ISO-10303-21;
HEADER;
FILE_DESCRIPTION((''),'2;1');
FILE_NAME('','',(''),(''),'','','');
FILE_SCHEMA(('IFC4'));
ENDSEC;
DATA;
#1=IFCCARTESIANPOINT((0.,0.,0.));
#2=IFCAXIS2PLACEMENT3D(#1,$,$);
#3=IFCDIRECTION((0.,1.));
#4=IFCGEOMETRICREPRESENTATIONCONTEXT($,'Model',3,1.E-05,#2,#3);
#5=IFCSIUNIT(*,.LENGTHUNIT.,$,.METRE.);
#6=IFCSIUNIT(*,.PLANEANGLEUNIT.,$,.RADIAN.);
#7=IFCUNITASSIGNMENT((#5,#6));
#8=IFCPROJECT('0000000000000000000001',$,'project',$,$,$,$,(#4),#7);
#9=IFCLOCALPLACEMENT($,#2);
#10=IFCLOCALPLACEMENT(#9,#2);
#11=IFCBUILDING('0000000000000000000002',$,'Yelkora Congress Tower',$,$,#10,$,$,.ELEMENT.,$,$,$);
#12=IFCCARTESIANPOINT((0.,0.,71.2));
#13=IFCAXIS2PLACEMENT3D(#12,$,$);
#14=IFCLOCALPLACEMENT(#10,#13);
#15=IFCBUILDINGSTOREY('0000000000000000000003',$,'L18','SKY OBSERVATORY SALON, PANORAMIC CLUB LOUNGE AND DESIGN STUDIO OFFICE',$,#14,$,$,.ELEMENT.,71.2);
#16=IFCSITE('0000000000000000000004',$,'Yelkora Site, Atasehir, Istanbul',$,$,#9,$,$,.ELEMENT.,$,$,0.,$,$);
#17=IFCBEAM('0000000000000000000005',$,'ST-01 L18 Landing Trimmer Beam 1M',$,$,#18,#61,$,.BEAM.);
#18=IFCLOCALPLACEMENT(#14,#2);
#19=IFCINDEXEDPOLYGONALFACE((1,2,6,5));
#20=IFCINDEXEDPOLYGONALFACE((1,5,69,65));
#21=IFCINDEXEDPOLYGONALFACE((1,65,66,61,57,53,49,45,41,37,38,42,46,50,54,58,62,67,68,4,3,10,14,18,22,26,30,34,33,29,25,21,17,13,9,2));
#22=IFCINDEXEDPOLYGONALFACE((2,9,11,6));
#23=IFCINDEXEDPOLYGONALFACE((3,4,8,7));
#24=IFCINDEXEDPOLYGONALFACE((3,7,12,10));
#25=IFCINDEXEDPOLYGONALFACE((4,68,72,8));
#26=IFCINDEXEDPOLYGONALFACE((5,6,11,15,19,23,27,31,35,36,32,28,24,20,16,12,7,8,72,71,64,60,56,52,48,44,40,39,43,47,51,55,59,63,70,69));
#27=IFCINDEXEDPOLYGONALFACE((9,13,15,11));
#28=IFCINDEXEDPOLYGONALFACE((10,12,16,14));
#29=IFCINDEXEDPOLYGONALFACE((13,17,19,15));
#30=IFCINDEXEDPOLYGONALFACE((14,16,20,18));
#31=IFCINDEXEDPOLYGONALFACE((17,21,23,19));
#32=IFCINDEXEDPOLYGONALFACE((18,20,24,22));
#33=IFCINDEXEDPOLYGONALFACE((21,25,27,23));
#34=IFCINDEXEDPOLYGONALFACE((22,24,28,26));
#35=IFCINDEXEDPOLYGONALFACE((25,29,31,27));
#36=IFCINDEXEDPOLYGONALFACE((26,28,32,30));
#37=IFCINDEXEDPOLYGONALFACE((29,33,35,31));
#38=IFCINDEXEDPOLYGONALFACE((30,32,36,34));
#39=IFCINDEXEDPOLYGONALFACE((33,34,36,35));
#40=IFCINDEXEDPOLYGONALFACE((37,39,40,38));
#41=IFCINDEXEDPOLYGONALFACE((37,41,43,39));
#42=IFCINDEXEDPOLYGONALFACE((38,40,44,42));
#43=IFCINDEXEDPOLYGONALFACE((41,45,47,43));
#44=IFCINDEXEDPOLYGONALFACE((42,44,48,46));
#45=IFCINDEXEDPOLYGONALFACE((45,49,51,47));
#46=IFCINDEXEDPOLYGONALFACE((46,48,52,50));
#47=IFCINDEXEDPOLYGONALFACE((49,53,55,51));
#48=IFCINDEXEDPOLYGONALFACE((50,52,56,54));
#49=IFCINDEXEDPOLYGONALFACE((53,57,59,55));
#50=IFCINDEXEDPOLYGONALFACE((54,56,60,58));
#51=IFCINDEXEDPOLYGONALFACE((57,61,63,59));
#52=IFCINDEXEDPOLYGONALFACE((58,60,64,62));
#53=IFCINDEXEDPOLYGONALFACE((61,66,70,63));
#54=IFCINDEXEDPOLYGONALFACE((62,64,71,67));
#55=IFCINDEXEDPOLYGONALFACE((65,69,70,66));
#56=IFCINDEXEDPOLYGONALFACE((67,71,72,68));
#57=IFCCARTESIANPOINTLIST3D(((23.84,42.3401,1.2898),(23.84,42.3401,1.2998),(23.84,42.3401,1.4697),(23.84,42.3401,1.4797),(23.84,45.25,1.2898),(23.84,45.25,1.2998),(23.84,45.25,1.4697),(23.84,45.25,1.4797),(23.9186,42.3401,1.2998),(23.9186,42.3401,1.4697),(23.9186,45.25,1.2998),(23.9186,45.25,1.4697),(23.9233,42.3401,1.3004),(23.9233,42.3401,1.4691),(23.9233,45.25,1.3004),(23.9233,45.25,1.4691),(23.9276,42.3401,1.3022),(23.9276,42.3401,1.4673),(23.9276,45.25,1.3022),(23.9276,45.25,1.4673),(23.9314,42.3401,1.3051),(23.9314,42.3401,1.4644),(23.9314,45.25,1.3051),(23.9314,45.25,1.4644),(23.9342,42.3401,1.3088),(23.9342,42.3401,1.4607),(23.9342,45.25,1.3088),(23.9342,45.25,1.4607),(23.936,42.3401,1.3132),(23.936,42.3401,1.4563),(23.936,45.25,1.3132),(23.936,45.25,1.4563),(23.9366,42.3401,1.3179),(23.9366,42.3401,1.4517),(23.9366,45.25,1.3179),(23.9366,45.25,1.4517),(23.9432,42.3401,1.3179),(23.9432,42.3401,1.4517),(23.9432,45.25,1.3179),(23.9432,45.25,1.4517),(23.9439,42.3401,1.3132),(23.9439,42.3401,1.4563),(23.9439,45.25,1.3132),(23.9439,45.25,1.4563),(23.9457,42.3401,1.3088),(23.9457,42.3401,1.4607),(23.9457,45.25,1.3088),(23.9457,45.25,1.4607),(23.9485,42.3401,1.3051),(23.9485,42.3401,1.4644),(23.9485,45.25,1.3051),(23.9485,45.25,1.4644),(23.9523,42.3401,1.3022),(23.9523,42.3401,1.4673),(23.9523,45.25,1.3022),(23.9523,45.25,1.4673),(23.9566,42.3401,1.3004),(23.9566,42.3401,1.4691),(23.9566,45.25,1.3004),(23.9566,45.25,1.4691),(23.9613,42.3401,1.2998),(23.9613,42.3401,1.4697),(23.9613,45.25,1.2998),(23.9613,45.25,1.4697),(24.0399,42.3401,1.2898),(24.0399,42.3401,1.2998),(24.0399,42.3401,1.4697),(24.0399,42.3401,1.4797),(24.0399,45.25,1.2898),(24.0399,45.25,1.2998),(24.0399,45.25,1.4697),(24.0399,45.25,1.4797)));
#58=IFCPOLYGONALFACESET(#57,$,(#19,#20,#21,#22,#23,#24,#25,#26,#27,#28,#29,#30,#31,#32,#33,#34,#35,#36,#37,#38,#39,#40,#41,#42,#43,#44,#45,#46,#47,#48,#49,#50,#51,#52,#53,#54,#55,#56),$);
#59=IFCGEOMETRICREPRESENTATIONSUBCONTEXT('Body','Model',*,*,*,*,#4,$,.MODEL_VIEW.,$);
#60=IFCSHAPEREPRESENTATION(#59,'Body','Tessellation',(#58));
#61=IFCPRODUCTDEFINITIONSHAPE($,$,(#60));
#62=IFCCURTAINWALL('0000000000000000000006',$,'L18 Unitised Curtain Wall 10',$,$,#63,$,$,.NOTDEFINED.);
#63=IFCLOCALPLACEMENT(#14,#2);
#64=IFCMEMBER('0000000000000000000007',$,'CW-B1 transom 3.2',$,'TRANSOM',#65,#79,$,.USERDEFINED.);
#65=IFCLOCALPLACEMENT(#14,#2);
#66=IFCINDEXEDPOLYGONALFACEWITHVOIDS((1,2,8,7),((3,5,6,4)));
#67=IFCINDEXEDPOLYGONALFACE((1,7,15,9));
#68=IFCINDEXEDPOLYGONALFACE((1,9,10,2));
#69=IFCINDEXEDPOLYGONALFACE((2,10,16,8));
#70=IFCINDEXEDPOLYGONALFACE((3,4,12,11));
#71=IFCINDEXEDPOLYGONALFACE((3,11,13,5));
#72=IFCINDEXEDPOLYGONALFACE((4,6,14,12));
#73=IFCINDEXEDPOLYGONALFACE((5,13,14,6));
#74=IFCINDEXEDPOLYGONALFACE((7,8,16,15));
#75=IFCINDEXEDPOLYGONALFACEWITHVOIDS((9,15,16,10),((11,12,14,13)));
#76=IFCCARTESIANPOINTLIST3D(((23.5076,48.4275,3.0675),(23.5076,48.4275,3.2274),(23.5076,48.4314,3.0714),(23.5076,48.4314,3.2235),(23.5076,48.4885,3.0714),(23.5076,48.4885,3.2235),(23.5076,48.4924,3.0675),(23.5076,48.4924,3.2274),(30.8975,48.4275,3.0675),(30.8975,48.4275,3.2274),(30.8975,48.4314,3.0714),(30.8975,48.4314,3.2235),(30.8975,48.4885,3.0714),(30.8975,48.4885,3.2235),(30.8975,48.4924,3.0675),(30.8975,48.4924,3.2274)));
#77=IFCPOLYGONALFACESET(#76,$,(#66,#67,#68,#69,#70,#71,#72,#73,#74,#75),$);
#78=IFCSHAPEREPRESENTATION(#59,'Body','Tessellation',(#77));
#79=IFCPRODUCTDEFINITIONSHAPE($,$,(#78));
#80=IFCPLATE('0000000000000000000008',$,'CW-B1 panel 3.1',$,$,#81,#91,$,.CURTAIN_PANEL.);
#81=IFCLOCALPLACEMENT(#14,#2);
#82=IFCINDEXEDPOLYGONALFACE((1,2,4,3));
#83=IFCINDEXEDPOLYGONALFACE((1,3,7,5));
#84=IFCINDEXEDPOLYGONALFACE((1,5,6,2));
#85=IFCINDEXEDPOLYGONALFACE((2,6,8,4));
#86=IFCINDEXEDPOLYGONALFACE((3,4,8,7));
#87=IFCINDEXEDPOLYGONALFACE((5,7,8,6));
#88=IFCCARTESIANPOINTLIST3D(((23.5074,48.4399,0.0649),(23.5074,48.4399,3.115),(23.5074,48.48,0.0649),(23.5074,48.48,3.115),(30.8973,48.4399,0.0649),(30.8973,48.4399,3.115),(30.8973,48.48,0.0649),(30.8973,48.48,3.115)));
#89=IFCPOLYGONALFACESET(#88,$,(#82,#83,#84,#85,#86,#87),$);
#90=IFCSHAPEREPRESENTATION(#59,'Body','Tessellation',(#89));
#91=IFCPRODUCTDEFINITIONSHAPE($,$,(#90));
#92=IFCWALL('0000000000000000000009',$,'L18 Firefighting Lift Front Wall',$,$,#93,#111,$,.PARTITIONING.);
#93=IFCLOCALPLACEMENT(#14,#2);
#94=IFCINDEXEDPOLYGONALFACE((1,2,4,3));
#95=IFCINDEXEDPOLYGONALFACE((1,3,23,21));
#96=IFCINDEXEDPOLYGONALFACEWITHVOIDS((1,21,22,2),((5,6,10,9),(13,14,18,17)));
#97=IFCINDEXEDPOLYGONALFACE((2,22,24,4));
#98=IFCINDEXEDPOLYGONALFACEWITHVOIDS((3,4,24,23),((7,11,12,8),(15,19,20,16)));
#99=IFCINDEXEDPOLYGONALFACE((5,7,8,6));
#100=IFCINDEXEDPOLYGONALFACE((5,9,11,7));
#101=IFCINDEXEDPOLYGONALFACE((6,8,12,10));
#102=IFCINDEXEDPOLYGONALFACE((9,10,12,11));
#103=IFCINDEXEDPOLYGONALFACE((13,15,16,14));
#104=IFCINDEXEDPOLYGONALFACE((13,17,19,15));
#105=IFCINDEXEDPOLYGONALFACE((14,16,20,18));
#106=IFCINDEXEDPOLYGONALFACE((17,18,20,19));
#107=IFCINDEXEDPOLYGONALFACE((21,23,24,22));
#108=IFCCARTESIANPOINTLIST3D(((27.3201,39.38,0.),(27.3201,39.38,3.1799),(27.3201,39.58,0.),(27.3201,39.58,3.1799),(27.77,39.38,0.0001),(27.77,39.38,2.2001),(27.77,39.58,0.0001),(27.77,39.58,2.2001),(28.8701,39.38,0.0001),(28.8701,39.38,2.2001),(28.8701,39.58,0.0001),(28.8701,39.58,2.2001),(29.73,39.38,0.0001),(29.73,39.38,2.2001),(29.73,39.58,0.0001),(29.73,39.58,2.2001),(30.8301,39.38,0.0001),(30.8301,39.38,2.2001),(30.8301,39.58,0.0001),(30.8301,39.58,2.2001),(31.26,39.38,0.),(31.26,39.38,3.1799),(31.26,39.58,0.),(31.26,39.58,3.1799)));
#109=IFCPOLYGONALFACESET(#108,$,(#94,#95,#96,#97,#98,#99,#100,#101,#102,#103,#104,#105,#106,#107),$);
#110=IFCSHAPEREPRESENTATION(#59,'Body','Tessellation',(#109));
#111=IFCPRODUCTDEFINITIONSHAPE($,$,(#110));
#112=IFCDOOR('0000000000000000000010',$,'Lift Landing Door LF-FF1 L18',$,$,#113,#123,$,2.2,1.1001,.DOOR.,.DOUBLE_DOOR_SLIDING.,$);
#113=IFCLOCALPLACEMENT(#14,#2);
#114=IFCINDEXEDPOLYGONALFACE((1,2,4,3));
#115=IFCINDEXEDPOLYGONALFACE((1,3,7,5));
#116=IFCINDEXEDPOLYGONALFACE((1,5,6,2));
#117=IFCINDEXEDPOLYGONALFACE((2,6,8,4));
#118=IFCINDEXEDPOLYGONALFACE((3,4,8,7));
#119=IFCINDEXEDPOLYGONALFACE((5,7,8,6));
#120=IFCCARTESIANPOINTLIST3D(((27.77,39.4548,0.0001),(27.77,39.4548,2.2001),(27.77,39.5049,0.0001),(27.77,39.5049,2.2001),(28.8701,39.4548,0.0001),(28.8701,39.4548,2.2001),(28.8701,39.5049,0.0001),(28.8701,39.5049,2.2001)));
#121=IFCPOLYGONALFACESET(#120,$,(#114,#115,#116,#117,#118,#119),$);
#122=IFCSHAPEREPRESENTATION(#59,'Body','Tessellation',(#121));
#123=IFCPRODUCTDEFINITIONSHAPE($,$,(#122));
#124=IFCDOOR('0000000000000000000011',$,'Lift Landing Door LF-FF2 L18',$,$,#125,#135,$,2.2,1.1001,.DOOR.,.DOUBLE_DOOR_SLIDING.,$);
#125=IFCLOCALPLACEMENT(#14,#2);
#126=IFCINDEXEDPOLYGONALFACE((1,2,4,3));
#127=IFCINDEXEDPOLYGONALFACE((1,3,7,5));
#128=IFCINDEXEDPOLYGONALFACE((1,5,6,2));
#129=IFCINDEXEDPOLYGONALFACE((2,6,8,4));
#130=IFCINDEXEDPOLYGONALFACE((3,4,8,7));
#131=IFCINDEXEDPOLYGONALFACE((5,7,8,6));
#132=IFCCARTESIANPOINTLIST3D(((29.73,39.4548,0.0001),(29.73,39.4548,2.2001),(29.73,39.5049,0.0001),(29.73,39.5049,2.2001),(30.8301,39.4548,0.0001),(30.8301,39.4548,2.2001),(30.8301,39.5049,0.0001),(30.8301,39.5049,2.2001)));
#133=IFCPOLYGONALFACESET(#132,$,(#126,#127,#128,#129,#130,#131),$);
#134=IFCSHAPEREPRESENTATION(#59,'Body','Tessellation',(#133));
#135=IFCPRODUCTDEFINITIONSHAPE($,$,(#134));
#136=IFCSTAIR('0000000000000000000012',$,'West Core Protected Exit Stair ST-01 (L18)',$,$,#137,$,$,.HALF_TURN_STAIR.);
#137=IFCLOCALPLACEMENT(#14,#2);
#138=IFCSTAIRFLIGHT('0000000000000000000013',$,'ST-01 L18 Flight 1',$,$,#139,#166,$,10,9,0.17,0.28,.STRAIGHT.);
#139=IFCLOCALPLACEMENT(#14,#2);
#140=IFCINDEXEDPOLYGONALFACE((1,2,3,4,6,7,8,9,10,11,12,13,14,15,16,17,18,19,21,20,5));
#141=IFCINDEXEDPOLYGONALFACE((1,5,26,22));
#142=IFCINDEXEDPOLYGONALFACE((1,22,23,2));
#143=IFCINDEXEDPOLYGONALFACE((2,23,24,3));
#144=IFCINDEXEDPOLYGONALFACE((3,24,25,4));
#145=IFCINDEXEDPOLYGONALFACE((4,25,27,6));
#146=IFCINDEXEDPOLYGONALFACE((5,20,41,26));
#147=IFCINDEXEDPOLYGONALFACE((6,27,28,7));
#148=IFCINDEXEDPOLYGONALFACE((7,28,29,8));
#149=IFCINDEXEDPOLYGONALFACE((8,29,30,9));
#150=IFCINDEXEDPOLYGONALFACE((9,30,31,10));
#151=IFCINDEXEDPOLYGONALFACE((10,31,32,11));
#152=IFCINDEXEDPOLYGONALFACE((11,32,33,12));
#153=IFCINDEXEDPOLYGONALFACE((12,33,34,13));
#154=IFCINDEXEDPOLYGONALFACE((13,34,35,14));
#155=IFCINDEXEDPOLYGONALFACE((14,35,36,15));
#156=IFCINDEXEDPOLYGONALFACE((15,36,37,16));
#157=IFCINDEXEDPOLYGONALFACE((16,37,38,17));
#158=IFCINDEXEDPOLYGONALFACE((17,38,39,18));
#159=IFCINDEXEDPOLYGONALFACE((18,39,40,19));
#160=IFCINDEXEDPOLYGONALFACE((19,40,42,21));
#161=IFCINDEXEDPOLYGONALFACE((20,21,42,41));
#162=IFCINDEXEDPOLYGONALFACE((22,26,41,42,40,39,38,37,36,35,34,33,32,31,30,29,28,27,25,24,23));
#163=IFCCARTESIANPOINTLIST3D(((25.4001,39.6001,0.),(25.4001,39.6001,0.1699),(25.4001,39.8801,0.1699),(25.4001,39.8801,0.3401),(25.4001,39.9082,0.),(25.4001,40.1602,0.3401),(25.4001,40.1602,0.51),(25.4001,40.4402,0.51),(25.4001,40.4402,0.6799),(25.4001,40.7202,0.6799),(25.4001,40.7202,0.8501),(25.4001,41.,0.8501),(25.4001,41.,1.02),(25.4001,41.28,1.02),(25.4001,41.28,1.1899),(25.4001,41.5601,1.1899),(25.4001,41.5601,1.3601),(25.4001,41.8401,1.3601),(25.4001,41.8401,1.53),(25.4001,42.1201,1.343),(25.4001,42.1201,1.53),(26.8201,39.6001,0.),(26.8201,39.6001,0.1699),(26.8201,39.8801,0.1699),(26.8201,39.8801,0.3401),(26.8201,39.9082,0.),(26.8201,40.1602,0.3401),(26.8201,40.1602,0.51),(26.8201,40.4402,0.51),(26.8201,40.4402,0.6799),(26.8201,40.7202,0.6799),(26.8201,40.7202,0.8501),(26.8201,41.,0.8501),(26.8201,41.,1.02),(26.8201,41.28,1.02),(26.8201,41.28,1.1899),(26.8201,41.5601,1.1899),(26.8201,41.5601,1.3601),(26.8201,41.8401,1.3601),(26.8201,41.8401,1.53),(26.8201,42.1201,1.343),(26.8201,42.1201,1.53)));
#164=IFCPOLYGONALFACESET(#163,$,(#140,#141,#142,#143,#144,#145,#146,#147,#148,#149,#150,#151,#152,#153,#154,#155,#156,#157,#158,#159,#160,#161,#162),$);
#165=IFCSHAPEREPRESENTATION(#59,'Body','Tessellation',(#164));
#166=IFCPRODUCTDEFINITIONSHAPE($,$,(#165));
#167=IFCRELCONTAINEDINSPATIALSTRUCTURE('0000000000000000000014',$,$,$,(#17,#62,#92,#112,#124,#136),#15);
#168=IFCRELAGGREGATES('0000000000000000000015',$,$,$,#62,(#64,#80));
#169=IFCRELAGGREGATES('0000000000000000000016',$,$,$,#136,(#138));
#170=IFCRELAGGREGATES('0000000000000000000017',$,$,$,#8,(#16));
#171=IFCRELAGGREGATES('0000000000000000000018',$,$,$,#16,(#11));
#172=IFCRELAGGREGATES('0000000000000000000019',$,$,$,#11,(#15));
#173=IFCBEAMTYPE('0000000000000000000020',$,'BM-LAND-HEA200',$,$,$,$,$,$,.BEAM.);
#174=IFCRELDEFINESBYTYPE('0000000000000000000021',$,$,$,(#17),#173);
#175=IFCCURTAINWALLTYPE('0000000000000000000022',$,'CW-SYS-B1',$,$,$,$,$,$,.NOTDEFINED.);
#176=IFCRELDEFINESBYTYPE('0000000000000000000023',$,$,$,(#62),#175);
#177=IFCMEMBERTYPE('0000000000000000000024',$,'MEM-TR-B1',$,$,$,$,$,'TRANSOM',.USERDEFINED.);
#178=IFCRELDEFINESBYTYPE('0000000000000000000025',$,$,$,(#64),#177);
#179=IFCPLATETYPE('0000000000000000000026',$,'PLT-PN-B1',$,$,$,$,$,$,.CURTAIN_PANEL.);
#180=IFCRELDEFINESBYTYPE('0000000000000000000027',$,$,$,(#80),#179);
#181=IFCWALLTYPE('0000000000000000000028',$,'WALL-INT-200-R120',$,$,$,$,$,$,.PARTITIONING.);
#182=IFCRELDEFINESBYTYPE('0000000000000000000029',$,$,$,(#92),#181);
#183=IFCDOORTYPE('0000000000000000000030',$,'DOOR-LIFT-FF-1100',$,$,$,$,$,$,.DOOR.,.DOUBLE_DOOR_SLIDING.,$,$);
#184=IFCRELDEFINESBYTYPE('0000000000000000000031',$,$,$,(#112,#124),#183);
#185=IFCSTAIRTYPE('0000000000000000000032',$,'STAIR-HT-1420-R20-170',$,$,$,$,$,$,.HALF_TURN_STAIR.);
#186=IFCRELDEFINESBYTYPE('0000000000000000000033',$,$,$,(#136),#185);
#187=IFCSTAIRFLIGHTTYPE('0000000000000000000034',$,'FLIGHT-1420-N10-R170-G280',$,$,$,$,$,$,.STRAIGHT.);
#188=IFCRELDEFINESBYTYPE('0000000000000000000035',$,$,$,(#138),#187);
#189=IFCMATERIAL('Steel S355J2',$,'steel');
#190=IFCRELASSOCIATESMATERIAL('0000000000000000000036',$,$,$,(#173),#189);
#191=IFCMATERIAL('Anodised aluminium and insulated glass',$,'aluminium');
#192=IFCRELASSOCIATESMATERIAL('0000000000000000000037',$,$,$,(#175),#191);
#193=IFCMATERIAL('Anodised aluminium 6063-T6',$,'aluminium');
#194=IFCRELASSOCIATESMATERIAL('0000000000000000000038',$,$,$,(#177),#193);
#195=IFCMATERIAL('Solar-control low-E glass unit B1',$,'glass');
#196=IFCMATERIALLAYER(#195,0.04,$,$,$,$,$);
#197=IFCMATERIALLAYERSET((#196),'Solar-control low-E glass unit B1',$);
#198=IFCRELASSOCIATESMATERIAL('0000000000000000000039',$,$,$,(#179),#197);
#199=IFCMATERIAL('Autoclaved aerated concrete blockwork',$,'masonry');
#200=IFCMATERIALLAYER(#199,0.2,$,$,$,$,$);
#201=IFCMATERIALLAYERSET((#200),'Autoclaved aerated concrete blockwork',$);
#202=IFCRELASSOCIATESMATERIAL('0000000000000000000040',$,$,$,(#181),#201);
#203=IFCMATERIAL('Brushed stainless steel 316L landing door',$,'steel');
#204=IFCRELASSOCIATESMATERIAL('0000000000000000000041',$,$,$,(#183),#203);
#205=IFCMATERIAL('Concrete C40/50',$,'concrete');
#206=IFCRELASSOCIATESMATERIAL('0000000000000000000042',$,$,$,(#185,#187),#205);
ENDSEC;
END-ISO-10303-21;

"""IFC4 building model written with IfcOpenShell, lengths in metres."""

from ifc_helpers import new_model, si_unit, direction, frame, frame_2d, origin, origin_2d, place, context, subcontext, project, spatial, polyline, rectangle, hollow_rectangle, i_section, outline, extrude, material, layer, layer_set, material_profile, profile_set, type_object, element, fill, aggregate, save


model = new_model("IFC4")

# Units and contexts
model_context = context("Model", 3, precision=1e-05, world=origin(), true_north=direction((0.0, 1.0)))
body_context = subcontext(model_context, "Body", "Model", "MODEL_VIEW")
ifc_project = project(units=[si_unit("LENGTHUNIT", "METRE"), si_unit("PLANEANGLEUNIT", "RADIAN")], contexts=[model_context])

# Site, building, storey
site_placement = place(None, origin())
site = spatial("IfcSite", under=ifc_project, at=site_placement, Name="Yelkora Site, Atasehir, Istanbul", CompositionType="ELEMENT", RefElevation=0.0)
building_placement = place(site_placement, origin())
building = spatial("IfcBuilding", under=site, at=building_placement, Name="Yelkora Congress Tower", CompositionType="ELEMENT")
storey_placement = place(building_placement, frame((0.0, 0.0, 71.2)))
storey = spatial("IfcBuildingStorey", under=building, at=storey_placement, Name="L18", Description="SKY OBSERVATORY SALON, PANORAMIC CLUB LOUNGE AND DESIGN STUDIO OFFICE", CompositionType="ELEMENT", Elevation=71.2)

# Beam
ifc_material_1 = material(Name="Steel S355J2", Category="steel")
ifc_material_profile_1 = material_profile(ifc_material_1, i_section(OverallWidth=0.2, OverallDepth=0.1899, WebThickness=0.0066, FlangeThickness=0.01, FilletRadius=0.0181, at=origin_2d()), Name="HEA 200")
ifc_profile_set_1 = profile_set([ifc_material_profile_1], Name="Steel S355J2")
beam_type = type_object("IfcBeamType", Name="BM-LAND-HEA200", PredefinedType="BEAM", material=ifc_profile_set_1)
beam_placement = place(storey_placement, frame((23.9399, 42.3401, 1.3848), z_axis=(0.0, 1.0, 0.0), x_axis=(-1.0, 0.0, 0.0)))
element("IfcBeam", 1, at=beam_placement, inside=storey, type_object=beam_type, Name="ST-01 L18 Landing Trimmer Beam 1M", PredefinedType="BEAM", context=body_context, shape_type="SweptSolid", body=[
    extrude(i_section(OverallWidth=0.2, OverallDepth=0.1899, WebThickness=0.0066, FlangeThickness=0.01, FilletRadius=0.0181, at=origin_2d()), origin(), (0.0, 0.0, 1.0), 2.9099),
])

# Curtain wall, member, plate
ifc_material_2 = material(Name="Anodised aluminium and insulated glass", Category="aluminium")
curtain_wall_type = type_object("IfcCurtainWallType", Name="CW-SYS-B1", PredefinedType="NOTDEFINED", material=ifc_material_2)
curtain_wall_placement = place(storey_placement, origin())
curtain_wall = element("IfcCurtainWall", 2, at=curtain_wall_placement, inside=storey, type_object=curtain_wall_type, Name="L18 Unitised Curtain Wall 10", PredefinedType="NOTDEFINED")
ifc_material_3 = material(Name="Anodised aluminium 6063-T6", Category="aluminium")
ifc_material_profile_2 = material_profile(ifc_material_3, hollow_rectangle(XDim=0.0649, YDim=0.1599, WallThickness=0.0039, at=origin_2d()), Name="ALU 65x160x4")
ifc_profile_set_2 = profile_set([ifc_material_profile_2], Name="Anodised aluminium 6063-T6")
member_type = type_object("IfcMemberType", Name="MEM-TR-B1", ElementType="TRANSOM", PredefinedType="USERDEFINED", material=ifc_profile_set_2)
member_placement = place(storey_placement, frame((23.5076, 48.46, 3.1475), z_axis=(1.0, 0.0, 0.0), x_axis=(0.0, 1.0, 0.0)))
member = element("IfcMember", 3, at=member_placement, type_object=member_type, Name="CW-B1 transom 3.2", ObjectType="TRANSOM", PredefinedType="USERDEFINED", context=body_context, shape_type="SweptSolid", body=[
    extrude(hollow_rectangle(XDim=0.0649, YDim=0.1599, WallThickness=0.0039, at=origin_2d()), origin(), (0.0, 0.0, 1.0), 7.3899),
])
ifc_material_4 = material(Name="Solar-control low-E glass unit B1", Category="glass")
ifc_layer_1 = layer(ifc_material_4, 0.04)
ifc_layer_set_1 = layer_set([ifc_layer_1], Name="Solar-control low-E glass unit B1")
plate_type = type_object("IfcPlateType", Name="PLT-PN-B1", PredefinedType="CURTAIN_PANEL", material=ifc_layer_set_1)
plate_placement = place(storey_placement, frame((27.2024, 48.46, 0.0649), z_axis=(0.0, 0.0, 1.0), x_axis=(1.0, 0.0, 0.0)))
plate = element("IfcPlate", 4, at=plate_placement, type_object=plate_type, Name="CW-B1 panel 3.1", PredefinedType="CURTAIN_PANEL", context=body_context, shape_type="SweptSolid", body=[
    extrude(rectangle(XDim=7.3899, YDim=0.04, at=origin_2d()), origin(), (0.0, 0.0, 1.0), 3.05),
])
aggregate(curtain_wall, [member, plate])

# Shared definitions
ifc_material_5 = material(Name="Autoclaved aerated concrete blockwork", Category="masonry")
ifc_layer_2 = layer(ifc_material_5, 0.2)
ifc_layer_set_2 = layer_set([ifc_layer_2], Name="Autoclaved aerated concrete blockwork")
wall_type_1 = type_object("IfcWallType", Name="WALL-INT-200-R120", PredefinedType="PARTITIONING", material=ifc_layer_set_2)

# Wall, openings, doors
wall_1_placement = place(storey_placement, frame((27.3201, 39.48, 0.0), z_axis=(0.0, 0.0, 1.0), x_axis=(1.0, 0.0, 0.0)))
wall_1 = element("IfcWall", 5, at=wall_1_placement, inside=storey, type_object=wall_type_1, Name="L18 Firefighting Lift Front Wall", PredefinedType="PARTITIONING", context=body_context, shape_type="SweptSolid", body=[
    extrude(rectangle(XDim=3.9399, YDim=0.2, at=frame_2d((1.97, 0.0))), origin(), (0.0, 0.0, 1.0), 3.1799),
])
opening_1_placement = place(wall_1_placement, frame((0.45, 0.0, 0.0)))
opening_1 = element("IfcOpeningElement", 6, at=opening_1_placement, cuts=wall_1, PredefinedType="OPENING", context=body_context, shape_type="SweptSolid", body=[
    extrude(rectangle(XDim=1.1001, YDim=2.2, at=frame_2d((0.55, 1.1001))), frame((0.0, 0.1099, 0.0), z_axis=(0.0, -1.0, 0.0), x_axis=(1.0, 0.0, 0.0)), (0.0, 0.0, 1.0), 0.22),
])
opening_2_placement = place(wall_1_placement, frame((2.4099, 0.0, 0.0)))
opening_2 = element("IfcOpeningElement", 7, at=opening_2_placement, cuts=wall_1, PredefinedType="OPENING", context=body_context, shape_type="SweptSolid", body=[
    extrude(rectangle(XDim=1.1001, YDim=2.2, at=frame_2d((0.55, 1.1001))), frame((0.0, 0.1099, 0.0), z_axis=(0.0, -1.0, 0.0), x_axis=(1.0, 0.0, 0.0)), (0.0, 0.0, 1.0), 0.22),
])
ifc_material_6 = material(Name="Brushed stainless steel 316L landing door", Category="steel")
door_type_1 = type_object("IfcDoorType", Name="DOOR-LIFT-FF-1100", OperationType="DOUBLE_DOOR_SLIDING", PredefinedType="DOOR", material=ifc_material_6)
door_1_placement = place(opening_1_placement, origin())
door_1 = element("IfcDoor", 8, at=door_1_placement, inside=storey, type_object=door_type_1, Name="Lift Landing Door LF-FF1 L18", OperationType="DOUBLE_DOOR_SLIDING", OverallHeight=2.2, OverallWidth=1.1001, PredefinedType="DOOR", context=body_context, shape_type="SweptSolid", body=[
    extrude(rectangle(XDim=1.1001, YDim=2.2, at=frame_2d((0.55, 1.1001))), frame((0.0, 0.0249, 0.0), z_axis=(0.0, -1.0, 0.0), x_axis=(1.0, 0.0, 0.0)), (0.0, 0.0, 1.0), 0.05),
])
fill(opening_1, door_1)
door_2_placement = place(opening_2_placement, origin())
door_2 = element("IfcDoor", 9, at=door_2_placement, inside=storey, type_object=door_type_1, Name="Lift Landing Door LF-FF2 L18", OperationType="DOUBLE_DOOR_SLIDING", OverallHeight=2.2, OverallWidth=1.1001, PredefinedType="DOOR", context=body_context, shape_type="SweptSolid", body=[
    extrude(rectangle(XDim=1.1001, YDim=2.2, at=frame_2d((0.55, 1.1001))), frame((0.0, 0.0249, 0.0), z_axis=(0.0, -1.0, 0.0), x_axis=(1.0, 0.0, 0.0)), (0.0, 0.0, 1.0), 0.05),
])
fill(opening_2, door_2)

# Stair, stair flight
ifc_material_7 = material(Name="Concrete C40/50", Category="concrete")
stair_type = type_object("IfcStairType", Name="STAIR-HT-1420-R20-170", PredefinedType="HALF_TURN_STAIR", material=ifc_material_7)
stair_placement = place(storey_placement, origin())
stair = element("IfcStair", 10, at=stair_placement, inside=storey, type_object=stair_type, Name="West Core Protected Exit Stair ST-01 (L18)", PredefinedType="HALF_TURN_STAIR")
stair_flight_type = type_object("IfcStairFlightType", Name="FLIGHT-1420-N10-R170-G280", PredefinedType="STRAIGHT", material=ifc_material_7)
stair_flight_1_placement = place(storey_placement, frame((26.1101, 39.6001, 0.0), z_axis=(0.0, 0.0, 1.0), x_axis=(0.0, 1.0, 0.0)))
stair_flight_1 = element("IfcStairFlight", 11, at=stair_flight_1_placement, type_object=stair_flight_type, Name="ST-01 L18 Flight 1", NumberOfRisers=10, NumberOfTreads=9, PredefinedType="STRAIGHT", RiserHeight=0.17, TreadLength=0.28, context=body_context, shape_type="SweptSolid", body=[
    extrude(outline(polyline([(0.0, 0.0), (0.0, 0.1699), (0.28, 0.1699), (0.28, 0.3401), (0.5601, 0.3401), (0.5601, 0.51), (0.8401, 0.51), (0.8401, 0.6799), (1.1201, 0.6799), (1.1201, 0.8501), (1.3999, 0.8501), (1.3999, 1.02), (1.6799, 1.02), (1.6799, 1.1899), (1.96, 1.1899), (1.96, 1.3601), (2.24, 1.3601), (2.24, 1.53), (2.52, 1.53), (2.52, 1.7), (2.52, 1.343), (0.3081, 0.0), (0.0, 0.0)])), frame((0.0, 0.71, 0.0), z_axis=(0.0, -1.0, 0.0), x_axis=(1.0, 0.0, 0.0)), (0.0, 0.0, 1.0), 1.4199),
])
aggregate(stair, [stair_flight_1])

save(model, "model.ifc")
